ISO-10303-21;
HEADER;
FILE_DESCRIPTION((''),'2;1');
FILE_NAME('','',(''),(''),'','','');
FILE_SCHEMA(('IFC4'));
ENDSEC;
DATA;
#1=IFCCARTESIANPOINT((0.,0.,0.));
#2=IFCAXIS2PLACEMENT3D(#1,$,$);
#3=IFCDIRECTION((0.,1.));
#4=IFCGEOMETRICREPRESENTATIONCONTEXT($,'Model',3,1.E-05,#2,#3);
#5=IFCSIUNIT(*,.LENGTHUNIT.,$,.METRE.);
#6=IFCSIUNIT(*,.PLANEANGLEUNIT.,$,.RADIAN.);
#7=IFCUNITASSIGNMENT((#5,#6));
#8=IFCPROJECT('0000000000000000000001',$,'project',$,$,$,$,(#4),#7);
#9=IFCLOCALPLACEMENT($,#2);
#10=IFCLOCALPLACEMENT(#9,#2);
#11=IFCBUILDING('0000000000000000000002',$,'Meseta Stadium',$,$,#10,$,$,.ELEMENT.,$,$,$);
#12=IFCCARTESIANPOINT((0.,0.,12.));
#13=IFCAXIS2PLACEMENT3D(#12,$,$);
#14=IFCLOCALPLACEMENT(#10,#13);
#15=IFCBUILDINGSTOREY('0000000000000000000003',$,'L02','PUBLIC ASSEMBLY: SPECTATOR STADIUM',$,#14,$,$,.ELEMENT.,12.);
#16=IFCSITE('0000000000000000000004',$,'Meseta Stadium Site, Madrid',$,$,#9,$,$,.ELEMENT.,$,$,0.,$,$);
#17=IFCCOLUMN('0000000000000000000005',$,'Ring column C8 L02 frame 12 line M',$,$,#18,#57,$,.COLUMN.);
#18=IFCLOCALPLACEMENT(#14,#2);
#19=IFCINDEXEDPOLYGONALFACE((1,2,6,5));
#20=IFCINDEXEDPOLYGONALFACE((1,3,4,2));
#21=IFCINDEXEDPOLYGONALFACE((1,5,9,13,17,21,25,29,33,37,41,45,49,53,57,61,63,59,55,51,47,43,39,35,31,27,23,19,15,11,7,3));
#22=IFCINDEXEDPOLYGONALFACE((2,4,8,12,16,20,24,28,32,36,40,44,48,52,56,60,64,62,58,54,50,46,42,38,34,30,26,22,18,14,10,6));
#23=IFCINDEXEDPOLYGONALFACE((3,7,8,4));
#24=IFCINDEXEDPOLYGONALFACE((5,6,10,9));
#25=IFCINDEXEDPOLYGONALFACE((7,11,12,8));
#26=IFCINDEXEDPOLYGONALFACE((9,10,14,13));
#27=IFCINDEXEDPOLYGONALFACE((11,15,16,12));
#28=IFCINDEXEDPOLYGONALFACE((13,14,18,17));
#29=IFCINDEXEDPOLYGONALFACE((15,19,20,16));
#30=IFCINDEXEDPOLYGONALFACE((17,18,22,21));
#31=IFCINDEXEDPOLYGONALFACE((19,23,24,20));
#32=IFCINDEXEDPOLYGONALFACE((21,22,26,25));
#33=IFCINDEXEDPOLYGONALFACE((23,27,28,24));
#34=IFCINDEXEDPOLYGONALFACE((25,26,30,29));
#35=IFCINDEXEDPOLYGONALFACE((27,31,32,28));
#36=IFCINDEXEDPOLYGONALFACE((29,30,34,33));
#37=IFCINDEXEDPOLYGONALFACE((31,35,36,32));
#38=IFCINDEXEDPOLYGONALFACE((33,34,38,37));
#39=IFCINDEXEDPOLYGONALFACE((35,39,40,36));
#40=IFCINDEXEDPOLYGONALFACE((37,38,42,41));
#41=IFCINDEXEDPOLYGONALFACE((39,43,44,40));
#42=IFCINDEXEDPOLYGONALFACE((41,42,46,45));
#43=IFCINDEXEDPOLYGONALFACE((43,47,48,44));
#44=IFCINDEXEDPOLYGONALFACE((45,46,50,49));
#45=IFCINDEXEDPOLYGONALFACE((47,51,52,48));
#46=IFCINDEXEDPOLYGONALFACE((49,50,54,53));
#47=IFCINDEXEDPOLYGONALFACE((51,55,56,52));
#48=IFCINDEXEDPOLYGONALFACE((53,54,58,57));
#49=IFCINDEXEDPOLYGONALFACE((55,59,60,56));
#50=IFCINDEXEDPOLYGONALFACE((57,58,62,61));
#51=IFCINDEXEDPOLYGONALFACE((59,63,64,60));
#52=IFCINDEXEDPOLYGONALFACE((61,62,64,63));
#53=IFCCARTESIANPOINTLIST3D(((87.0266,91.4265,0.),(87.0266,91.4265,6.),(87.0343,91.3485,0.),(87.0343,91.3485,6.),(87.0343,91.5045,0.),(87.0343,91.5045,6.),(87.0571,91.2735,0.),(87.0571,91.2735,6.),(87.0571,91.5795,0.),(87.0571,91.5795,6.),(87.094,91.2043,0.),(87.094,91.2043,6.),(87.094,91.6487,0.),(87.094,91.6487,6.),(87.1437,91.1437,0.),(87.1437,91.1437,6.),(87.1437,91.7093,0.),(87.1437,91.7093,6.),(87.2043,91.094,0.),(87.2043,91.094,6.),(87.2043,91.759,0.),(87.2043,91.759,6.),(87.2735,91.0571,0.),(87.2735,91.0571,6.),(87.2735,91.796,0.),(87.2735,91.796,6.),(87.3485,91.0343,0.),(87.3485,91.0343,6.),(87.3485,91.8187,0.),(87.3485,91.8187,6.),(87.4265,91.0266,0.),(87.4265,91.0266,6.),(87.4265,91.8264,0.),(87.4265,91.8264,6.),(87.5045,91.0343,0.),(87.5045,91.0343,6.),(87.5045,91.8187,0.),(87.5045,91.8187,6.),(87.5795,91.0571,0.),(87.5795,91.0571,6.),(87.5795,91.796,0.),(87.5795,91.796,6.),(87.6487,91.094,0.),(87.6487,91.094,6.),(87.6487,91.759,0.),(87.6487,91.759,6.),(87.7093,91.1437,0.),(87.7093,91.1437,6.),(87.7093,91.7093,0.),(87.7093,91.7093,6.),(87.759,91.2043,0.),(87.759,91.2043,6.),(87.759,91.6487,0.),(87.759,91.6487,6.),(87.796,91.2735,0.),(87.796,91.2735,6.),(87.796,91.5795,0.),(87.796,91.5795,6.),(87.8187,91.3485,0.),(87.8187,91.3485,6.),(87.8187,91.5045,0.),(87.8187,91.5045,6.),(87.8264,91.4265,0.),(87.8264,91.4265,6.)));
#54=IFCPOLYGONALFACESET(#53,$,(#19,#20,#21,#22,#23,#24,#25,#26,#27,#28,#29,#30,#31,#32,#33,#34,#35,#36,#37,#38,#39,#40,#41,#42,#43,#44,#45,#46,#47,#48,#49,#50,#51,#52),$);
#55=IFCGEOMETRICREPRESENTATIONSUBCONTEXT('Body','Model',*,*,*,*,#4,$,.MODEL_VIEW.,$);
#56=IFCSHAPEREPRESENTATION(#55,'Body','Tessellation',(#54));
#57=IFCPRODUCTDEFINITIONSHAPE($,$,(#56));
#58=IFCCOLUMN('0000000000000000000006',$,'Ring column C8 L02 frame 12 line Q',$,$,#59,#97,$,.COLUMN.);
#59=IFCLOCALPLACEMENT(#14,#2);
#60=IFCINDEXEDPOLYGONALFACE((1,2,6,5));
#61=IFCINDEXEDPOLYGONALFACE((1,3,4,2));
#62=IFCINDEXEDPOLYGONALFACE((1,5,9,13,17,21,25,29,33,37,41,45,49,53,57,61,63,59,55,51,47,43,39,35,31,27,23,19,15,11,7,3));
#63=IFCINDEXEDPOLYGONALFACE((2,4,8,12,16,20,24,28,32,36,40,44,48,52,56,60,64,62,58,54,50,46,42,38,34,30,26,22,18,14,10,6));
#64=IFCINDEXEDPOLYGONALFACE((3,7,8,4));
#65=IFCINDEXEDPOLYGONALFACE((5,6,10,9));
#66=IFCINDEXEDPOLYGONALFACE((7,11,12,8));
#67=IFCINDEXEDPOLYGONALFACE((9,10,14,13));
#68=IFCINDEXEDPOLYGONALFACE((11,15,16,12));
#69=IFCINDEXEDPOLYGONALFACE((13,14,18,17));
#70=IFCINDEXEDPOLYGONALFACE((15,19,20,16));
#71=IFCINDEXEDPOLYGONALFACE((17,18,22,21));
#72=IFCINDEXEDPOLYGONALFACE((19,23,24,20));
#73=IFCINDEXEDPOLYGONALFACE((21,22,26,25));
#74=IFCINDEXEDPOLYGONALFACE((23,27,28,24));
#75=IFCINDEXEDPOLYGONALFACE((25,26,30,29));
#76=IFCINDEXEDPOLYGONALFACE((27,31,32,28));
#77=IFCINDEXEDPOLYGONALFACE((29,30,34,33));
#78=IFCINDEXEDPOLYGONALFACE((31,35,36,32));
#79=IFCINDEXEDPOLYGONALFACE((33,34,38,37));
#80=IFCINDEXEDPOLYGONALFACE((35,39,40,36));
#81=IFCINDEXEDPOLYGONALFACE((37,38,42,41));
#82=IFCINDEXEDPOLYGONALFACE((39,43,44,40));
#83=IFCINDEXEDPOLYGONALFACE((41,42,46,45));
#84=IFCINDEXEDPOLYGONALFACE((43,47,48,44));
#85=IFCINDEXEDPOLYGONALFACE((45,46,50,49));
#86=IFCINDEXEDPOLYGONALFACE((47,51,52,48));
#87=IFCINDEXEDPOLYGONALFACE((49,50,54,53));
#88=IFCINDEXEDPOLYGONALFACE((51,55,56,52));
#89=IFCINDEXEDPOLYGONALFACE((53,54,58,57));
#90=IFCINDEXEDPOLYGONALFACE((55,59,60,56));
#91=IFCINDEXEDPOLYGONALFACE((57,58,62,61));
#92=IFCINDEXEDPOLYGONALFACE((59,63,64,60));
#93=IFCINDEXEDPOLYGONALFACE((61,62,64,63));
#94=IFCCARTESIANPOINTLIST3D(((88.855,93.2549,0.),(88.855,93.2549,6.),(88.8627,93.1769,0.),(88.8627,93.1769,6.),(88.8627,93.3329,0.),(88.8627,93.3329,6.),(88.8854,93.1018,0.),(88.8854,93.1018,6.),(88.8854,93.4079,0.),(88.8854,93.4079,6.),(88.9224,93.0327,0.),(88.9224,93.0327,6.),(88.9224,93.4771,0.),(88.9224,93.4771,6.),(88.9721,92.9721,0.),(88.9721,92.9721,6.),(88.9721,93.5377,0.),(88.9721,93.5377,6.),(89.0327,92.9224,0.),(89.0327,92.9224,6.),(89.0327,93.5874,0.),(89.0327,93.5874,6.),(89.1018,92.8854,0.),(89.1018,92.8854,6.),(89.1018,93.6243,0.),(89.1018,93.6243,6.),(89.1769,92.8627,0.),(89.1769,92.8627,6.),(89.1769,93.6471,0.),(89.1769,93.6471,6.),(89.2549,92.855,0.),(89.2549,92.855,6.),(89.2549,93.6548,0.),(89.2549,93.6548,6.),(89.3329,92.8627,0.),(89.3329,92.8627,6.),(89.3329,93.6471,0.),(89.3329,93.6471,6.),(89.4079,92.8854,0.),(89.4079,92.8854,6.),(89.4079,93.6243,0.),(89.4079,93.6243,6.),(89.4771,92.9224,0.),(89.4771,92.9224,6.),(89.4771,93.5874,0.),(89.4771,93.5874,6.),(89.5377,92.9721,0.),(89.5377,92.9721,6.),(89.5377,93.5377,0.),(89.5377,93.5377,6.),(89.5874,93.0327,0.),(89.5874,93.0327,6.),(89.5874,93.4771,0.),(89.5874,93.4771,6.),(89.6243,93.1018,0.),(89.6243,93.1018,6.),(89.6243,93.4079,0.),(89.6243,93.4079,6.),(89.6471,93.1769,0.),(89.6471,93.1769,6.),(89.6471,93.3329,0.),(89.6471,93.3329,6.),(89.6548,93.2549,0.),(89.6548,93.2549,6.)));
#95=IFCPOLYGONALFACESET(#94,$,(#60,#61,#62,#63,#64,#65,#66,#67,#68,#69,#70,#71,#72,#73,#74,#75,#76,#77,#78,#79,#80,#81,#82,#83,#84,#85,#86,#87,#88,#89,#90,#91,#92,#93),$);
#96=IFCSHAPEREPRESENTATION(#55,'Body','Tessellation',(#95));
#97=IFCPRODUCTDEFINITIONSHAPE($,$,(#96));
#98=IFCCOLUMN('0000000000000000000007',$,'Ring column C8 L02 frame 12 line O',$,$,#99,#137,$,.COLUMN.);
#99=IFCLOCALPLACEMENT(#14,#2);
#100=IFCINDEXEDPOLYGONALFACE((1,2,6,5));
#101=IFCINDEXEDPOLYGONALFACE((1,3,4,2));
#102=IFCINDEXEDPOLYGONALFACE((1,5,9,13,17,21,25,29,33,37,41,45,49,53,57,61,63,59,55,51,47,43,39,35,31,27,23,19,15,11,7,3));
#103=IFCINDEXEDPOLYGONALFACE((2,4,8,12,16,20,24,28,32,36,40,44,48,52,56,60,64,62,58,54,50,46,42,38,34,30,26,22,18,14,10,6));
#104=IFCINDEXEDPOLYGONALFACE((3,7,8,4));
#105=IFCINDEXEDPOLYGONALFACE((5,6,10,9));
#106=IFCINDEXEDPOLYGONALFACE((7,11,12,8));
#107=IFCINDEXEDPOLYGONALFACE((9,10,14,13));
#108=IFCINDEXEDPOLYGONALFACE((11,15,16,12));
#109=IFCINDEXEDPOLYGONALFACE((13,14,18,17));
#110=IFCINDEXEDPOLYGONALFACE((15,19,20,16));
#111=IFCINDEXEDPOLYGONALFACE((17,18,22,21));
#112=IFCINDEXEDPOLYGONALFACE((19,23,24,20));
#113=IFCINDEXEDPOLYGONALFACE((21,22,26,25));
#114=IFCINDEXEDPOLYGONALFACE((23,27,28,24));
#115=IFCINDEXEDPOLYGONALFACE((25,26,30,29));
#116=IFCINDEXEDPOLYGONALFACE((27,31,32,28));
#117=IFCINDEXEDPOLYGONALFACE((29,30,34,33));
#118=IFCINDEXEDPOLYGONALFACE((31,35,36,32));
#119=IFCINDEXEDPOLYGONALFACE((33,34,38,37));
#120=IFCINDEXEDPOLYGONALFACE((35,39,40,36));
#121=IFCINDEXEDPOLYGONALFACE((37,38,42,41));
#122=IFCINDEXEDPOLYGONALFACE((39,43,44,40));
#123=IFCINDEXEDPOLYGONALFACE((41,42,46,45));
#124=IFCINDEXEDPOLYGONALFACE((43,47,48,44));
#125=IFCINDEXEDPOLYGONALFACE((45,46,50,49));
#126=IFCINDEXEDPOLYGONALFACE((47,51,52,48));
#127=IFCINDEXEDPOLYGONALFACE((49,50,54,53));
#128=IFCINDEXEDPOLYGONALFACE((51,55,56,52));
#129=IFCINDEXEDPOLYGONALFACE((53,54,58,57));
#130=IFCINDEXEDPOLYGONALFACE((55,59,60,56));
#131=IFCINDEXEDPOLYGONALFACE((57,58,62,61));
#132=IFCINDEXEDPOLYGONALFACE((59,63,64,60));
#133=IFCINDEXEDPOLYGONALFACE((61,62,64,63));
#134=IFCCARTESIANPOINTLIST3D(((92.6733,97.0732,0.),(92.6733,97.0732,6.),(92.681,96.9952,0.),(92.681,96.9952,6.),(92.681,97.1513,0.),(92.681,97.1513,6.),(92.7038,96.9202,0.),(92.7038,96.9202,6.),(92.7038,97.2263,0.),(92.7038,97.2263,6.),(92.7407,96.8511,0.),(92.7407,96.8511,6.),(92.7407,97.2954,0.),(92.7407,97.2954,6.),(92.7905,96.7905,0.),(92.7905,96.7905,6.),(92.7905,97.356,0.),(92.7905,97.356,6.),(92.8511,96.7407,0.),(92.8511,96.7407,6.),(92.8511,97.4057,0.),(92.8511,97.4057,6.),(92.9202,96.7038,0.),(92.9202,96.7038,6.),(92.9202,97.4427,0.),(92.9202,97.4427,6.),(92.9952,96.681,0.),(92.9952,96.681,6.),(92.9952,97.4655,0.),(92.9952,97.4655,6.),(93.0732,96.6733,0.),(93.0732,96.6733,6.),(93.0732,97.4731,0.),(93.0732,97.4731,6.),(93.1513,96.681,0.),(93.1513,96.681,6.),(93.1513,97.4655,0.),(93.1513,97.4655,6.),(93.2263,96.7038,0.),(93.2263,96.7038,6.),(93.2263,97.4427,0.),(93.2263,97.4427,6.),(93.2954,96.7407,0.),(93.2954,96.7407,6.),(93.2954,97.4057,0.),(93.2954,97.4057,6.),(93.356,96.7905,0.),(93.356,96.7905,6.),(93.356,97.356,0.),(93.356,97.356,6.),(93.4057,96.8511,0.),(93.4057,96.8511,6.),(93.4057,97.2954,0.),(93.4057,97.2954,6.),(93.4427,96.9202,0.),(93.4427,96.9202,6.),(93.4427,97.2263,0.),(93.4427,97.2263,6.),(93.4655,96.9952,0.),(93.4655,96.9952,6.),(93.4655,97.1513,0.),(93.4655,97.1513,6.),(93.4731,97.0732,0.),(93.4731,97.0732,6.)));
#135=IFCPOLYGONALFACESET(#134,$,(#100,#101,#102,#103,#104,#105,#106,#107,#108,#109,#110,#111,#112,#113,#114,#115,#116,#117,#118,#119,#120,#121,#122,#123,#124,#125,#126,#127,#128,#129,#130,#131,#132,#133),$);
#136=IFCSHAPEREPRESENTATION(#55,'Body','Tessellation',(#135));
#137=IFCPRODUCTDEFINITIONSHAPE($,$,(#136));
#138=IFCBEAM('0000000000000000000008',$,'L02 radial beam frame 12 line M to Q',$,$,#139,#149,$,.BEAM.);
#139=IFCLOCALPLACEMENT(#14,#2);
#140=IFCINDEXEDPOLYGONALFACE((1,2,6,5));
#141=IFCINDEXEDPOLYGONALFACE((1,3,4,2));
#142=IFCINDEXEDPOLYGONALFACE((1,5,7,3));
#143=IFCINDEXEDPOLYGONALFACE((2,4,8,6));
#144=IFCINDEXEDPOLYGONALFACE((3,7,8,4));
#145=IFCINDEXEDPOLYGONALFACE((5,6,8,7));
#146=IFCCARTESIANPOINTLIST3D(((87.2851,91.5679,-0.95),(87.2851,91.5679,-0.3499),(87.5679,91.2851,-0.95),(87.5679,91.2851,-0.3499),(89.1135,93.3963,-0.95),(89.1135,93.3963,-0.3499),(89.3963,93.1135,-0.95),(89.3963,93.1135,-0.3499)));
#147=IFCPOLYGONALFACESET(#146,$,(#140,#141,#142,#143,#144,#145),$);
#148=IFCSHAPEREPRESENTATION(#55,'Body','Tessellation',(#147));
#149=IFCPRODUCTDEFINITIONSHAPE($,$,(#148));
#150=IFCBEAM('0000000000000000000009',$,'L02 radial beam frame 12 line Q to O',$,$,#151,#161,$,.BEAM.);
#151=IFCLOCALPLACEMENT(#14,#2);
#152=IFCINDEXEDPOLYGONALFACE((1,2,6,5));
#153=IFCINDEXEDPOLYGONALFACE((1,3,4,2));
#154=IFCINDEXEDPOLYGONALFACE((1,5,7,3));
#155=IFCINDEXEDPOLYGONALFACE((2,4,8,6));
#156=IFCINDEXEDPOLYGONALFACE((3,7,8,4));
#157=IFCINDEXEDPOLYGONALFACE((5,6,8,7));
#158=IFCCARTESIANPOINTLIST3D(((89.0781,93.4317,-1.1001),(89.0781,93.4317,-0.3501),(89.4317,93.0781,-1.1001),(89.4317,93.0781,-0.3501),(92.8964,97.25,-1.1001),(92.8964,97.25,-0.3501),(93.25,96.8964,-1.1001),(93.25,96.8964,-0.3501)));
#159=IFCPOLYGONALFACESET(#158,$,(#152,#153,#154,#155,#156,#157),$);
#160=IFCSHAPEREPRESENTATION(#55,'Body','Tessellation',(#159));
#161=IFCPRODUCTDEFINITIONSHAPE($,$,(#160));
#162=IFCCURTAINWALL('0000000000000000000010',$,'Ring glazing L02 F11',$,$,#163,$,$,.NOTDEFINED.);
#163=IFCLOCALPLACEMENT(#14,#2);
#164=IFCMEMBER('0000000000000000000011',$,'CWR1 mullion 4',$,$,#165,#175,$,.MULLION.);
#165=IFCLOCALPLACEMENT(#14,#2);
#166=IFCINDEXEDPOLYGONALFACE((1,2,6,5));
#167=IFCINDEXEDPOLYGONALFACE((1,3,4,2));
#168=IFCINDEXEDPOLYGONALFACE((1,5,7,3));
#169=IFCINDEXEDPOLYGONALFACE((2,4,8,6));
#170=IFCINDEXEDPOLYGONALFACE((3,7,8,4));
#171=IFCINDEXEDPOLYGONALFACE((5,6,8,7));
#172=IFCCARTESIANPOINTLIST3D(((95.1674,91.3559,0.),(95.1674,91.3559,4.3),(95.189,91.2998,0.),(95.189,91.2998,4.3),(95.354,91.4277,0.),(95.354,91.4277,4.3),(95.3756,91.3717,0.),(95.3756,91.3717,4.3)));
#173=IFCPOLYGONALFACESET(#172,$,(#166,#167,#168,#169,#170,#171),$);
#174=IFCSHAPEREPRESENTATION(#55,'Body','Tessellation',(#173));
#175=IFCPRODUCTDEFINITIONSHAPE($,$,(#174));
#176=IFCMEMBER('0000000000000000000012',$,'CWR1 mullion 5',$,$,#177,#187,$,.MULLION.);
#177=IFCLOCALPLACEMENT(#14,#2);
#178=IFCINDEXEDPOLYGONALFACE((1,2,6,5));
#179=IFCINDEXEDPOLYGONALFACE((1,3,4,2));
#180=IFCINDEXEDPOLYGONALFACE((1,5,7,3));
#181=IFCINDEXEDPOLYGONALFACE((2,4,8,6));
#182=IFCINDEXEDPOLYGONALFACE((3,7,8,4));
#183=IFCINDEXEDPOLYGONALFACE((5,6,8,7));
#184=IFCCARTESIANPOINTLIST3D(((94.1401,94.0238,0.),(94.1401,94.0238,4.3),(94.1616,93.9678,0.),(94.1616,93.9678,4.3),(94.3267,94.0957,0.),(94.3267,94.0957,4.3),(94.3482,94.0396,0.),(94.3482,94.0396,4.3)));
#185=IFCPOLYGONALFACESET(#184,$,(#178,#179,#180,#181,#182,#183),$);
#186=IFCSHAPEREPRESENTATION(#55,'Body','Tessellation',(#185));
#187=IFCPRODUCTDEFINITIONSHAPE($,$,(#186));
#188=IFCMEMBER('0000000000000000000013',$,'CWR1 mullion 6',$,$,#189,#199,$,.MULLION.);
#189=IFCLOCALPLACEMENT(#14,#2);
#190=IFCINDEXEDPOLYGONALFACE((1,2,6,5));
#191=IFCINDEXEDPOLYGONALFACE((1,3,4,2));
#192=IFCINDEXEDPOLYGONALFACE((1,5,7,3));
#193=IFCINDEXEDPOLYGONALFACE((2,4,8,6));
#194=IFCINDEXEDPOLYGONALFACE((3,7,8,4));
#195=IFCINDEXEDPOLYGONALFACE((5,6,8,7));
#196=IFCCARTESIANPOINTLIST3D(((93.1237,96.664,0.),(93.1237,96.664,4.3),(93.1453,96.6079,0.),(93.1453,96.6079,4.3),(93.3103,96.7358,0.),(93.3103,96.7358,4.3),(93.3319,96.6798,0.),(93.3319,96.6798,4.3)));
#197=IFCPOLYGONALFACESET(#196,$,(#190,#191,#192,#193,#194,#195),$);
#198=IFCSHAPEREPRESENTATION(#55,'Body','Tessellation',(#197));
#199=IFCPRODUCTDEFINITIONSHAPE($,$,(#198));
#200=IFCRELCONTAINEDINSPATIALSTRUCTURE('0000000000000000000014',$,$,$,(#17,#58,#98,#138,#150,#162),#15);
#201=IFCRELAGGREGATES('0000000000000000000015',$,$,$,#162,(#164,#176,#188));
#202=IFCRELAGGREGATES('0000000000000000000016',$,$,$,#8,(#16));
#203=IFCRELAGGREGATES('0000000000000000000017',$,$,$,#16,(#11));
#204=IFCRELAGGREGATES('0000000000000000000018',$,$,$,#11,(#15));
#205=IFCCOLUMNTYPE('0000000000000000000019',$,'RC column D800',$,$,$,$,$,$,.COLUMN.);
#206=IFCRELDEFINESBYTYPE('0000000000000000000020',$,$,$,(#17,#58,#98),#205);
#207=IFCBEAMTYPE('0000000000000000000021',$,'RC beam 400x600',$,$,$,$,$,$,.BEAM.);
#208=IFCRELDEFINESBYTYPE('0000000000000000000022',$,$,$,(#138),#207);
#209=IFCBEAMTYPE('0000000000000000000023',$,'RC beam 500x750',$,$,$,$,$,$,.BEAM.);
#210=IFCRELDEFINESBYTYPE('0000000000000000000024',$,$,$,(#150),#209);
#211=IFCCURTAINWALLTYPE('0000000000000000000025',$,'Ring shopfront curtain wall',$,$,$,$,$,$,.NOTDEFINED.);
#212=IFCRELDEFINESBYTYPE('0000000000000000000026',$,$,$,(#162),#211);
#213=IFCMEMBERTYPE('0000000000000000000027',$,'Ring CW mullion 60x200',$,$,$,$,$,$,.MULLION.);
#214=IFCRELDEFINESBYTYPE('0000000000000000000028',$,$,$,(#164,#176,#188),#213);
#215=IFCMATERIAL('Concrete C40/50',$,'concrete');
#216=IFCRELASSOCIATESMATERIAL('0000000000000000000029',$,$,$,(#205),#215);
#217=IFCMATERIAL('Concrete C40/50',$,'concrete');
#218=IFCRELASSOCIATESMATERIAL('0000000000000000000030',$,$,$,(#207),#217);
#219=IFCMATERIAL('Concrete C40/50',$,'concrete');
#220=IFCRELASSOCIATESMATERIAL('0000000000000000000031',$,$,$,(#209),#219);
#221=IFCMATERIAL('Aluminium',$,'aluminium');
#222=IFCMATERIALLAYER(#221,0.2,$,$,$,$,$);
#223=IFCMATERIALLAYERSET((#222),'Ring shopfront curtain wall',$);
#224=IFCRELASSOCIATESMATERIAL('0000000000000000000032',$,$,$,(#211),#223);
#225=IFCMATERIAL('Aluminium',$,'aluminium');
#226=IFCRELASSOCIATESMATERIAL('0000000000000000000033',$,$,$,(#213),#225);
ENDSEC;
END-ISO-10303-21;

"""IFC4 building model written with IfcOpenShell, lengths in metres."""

from ifc_helpers import new_model, si_unit, direction, frame, origin, origin_2d, place, context, subcontext, project, spatial, rectangle, circle, extrude, material, layer, layer_set, material_profile, profile_set, type_object, element, aggregate, save


model = new_model("IFC4")

# Units and contexts
model_context = context("Model", 3, precision=1e-05, world=origin(), true_north=direction((0.0, 1.0)))
body_context = subcontext(model_context, "Body", "Model", "MODEL_VIEW")
ifc_project = project(units=[si_unit("LENGTHUNIT", "METRE"), si_unit("PLANEANGLEUNIT", "RADIAN")], contexts=[model_context])

# Site, building, storey
site_placement = place(None, origin())
site = spatial("IfcSite", under=ifc_project, at=site_placement, Name="Meseta Stadium Site, Madrid", CompositionType="ELEMENT", RefElevation=0.0)
building_placement = place(site_placement, origin())
building = spatial("IfcBuilding", under=site, at=building_placement, Name="Meseta Stadium", CompositionType="ELEMENT")
storey_placement = place(building_placement, frame((0.0, 0.0, 12.0)))
storey = spatial("IfcBuildingStorey", under=building, at=storey_placement, Name="L02", Description="PUBLIC ASSEMBLY: SPECTATOR STADIUM", CompositionType="ELEMENT", Elevation=12.0)

# Columns
ifc_material_1 = material(Name="Concrete C40/50", Category="concrete")
ifc_material_profile_1 = material_profile(ifc_material_1, circle(Radius=0.3999, at=origin_2d()), Name="RC D800")
ifc_profile_set_1 = profile_set([ifc_material_profile_1], Name="Concrete C40/50")
column_type = type_object("IfcColumnType", Name="RC column D800", PredefinedType="COLUMN", material=ifc_profile_set_1)
for number, where, z_axis, x_axis, name in (
    (1, (87.4265, 91.4265, 0.0), (0.0, 0.0, 1.0), (1.0, 0.0, 0.0), "Ring column C8 L02 frame 12 line M"),
    (2, (89.2549, 93.2549, 0.0), (0.0, 0.0, 1.0), (1.0, 0.0, 0.0), "Ring column C8 L02 frame 12 line Q"),
    (3, (93.0732, 97.0732, 0.0), (0.0, 0.0, 1.0), (1.0, 0.0, 0.0), "Ring column C8 L02 frame 12 line O"),
):
    element("IfcColumn", number, at=place(storey_placement, frame(where, z_axis=z_axis, x_axis=x_axis)), inside=storey, type_object=column_type, Name=name, PredefinedType="COLUMN", context=body_context, shape_type="SweptSolid", body=[
        extrude(circle(Radius=0.3999, at=origin_2d()), origin(), (0.0, 0.0, 1.0), 6.0),
    ])

# Beams
ifc_material_2 = material(Name="Concrete C40/50", Category="concrete")
ifc_material_profile_2 = material_profile(ifc_material_2, rectangle(XDim=0.3999, YDim=0.6001, at=origin_2d()), Name="RC 400x600")
ifc_profile_set_2 = profile_set([ifc_material_profile_2], Name="Concrete C40/50")
beam_type_1 = type_object("IfcBeamType", Name="RC beam 400x600", PredefinedType="BEAM", material=ifc_profile_set_2)
beam_1_placement = place(storey_placement, frame((87.4265, 91.4265, -0.6499), z_axis=(0.707107, 0.707107, 0.0), x_axis=(-0.707107, 0.707107, 0.0)))
element("IfcBeam", 4, at=beam_1_placement, inside=storey, type_object=beam_type_1, Name="L02 radial beam frame 12 line M to Q", PredefinedType="BEAM", context=body_context, shape_type="SweptSolid", body=[
    extrude(rectangle(XDim=0.3999, YDim=0.6001, at=origin_2d()), origin(), (0.0, 0.0, 1.0), 2.5857),
])
ifc_material_3 = material(Name="Concrete C40/50", Category="concrete")
ifc_material_profile_3 = material_profile(ifc_material_3, rectangle(XDim=0.5, YDim=0.75, at=origin_2d()), Name="RC 500x750")
ifc_profile_set_3 = profile_set([ifc_material_profile_3], Name="Concrete C40/50")
beam_type_2 = type_object("IfcBeamType", Name="RC beam 500x750", PredefinedType="BEAM", material=ifc_profile_set_3)
beam_2_placement = place(storey_placement, frame((89.2549, 93.2549, -0.7251), z_axis=(0.707107, 0.707107, 0.0), x_axis=(-0.707107, 0.707107, 0.0)))
element("IfcBeam", 5, at=beam_2_placement, inside=storey, type_object=beam_type_2, Name="L02 radial beam frame 12 line Q to O", PredefinedType="BEAM", context=body_context, shape_type="SweptSolid", body=[
    extrude(rectangle(XDim=0.5, YDim=0.75, at=origin_2d()), origin(), (0.0, 0.0, 1.0), 5.3999),
])

# Curtain wall, members
ifc_material_4 = material(Name="Aluminium", Category="aluminium")
ifc_layer_1 = layer(ifc_material_4, 0.2)
ifc_layer_set_1 = layer_set([ifc_layer_1], Name="Ring shopfront curtain wall")
curtain_wall_type = type_object("IfcCurtainWallType", Name="Ring shopfront curtain wall", PredefinedType="NOTDEFINED", material=ifc_layer_set_1)
curtain_wall_placement = place(storey_placement, origin())
curtain_wall = element("IfcCurtainWall", 6, at=curtain_wall_placement, inside=storey, type_object=curtain_wall_type, Name="Ring glazing L02 F11", PredefinedType="NOTDEFINED")
ifc_material_5 = material(Name="Aluminium", Category="aluminium")
ifc_material_profile_4 = material_profile(ifc_material_5, rectangle(XDim=0.2, YDim=0.0601, at=origin_2d()), Name="CW 200x60")
ifc_profile_set_4 = profile_set([ifc_material_profile_4], Name="Aluminium")
member_type_1 = type_object("IfcMemberType", Name="Ring CW mullion 60x200", PredefinedType="MULLION", material=ifc_profile_set_4)
member_1_placement = place(storey_placement, frame((95.2715, 91.3638, 0.0), z_axis=(0.0, 0.0, 1.0), x_axis=(-0.933221, -0.359302, 0.0)))
member_1 = element("IfcMember", 7, at=member_1_placement, type_object=member_type_1, Name="CWR1 mullion 4", PredefinedType="MULLION", context=body_context, shape_type="SweptSolid", body=[
    extrude(rectangle(XDim=0.2, YDim=0.0601, at=origin_2d()), origin(), (0.0, 0.0, 1.0), 4.3),
])
member_2_placement = place(storey_placement, frame((94.2441, 94.0317, 0.0), z_axis=(0.0, 0.0, 1.0), x_axis=(-0.933221, -0.359302, 0.0)))
member_2 = element("IfcMember", 8, at=member_2_placement, type_object=member_type_1, Name="CWR1 mullion 5", PredefinedType="MULLION", context=body_context, shape_type="SweptSolid", body=[
    extrude(rectangle(XDim=0.2, YDim=0.0601, at=origin_2d()), origin(), (0.0, 0.0, 1.0), 4.3),
])
member_3_placement = place(storey_placement, frame((93.2278, 96.6719, 0.0), z_axis=(0.0, 0.0, 1.0), x_axis=(-0.933221, -0.359302, 0.0)))
member_3 = element("IfcMember", 9, at=member_3_placement, type_object=member_type_1, Name="CWR1 mullion 6", PredefinedType="MULLION", context=body_context, shape_type="SweptSolid", body=[
    extrude(rectangle(XDim=0.2, YDim=0.0601, at=origin_2d()), origin(), (0.0, 0.0, 1.0), 4.3),
])
aggregate(curtain_wall, [member_1, member_2, member_3])

save(model, "model.ifc")
